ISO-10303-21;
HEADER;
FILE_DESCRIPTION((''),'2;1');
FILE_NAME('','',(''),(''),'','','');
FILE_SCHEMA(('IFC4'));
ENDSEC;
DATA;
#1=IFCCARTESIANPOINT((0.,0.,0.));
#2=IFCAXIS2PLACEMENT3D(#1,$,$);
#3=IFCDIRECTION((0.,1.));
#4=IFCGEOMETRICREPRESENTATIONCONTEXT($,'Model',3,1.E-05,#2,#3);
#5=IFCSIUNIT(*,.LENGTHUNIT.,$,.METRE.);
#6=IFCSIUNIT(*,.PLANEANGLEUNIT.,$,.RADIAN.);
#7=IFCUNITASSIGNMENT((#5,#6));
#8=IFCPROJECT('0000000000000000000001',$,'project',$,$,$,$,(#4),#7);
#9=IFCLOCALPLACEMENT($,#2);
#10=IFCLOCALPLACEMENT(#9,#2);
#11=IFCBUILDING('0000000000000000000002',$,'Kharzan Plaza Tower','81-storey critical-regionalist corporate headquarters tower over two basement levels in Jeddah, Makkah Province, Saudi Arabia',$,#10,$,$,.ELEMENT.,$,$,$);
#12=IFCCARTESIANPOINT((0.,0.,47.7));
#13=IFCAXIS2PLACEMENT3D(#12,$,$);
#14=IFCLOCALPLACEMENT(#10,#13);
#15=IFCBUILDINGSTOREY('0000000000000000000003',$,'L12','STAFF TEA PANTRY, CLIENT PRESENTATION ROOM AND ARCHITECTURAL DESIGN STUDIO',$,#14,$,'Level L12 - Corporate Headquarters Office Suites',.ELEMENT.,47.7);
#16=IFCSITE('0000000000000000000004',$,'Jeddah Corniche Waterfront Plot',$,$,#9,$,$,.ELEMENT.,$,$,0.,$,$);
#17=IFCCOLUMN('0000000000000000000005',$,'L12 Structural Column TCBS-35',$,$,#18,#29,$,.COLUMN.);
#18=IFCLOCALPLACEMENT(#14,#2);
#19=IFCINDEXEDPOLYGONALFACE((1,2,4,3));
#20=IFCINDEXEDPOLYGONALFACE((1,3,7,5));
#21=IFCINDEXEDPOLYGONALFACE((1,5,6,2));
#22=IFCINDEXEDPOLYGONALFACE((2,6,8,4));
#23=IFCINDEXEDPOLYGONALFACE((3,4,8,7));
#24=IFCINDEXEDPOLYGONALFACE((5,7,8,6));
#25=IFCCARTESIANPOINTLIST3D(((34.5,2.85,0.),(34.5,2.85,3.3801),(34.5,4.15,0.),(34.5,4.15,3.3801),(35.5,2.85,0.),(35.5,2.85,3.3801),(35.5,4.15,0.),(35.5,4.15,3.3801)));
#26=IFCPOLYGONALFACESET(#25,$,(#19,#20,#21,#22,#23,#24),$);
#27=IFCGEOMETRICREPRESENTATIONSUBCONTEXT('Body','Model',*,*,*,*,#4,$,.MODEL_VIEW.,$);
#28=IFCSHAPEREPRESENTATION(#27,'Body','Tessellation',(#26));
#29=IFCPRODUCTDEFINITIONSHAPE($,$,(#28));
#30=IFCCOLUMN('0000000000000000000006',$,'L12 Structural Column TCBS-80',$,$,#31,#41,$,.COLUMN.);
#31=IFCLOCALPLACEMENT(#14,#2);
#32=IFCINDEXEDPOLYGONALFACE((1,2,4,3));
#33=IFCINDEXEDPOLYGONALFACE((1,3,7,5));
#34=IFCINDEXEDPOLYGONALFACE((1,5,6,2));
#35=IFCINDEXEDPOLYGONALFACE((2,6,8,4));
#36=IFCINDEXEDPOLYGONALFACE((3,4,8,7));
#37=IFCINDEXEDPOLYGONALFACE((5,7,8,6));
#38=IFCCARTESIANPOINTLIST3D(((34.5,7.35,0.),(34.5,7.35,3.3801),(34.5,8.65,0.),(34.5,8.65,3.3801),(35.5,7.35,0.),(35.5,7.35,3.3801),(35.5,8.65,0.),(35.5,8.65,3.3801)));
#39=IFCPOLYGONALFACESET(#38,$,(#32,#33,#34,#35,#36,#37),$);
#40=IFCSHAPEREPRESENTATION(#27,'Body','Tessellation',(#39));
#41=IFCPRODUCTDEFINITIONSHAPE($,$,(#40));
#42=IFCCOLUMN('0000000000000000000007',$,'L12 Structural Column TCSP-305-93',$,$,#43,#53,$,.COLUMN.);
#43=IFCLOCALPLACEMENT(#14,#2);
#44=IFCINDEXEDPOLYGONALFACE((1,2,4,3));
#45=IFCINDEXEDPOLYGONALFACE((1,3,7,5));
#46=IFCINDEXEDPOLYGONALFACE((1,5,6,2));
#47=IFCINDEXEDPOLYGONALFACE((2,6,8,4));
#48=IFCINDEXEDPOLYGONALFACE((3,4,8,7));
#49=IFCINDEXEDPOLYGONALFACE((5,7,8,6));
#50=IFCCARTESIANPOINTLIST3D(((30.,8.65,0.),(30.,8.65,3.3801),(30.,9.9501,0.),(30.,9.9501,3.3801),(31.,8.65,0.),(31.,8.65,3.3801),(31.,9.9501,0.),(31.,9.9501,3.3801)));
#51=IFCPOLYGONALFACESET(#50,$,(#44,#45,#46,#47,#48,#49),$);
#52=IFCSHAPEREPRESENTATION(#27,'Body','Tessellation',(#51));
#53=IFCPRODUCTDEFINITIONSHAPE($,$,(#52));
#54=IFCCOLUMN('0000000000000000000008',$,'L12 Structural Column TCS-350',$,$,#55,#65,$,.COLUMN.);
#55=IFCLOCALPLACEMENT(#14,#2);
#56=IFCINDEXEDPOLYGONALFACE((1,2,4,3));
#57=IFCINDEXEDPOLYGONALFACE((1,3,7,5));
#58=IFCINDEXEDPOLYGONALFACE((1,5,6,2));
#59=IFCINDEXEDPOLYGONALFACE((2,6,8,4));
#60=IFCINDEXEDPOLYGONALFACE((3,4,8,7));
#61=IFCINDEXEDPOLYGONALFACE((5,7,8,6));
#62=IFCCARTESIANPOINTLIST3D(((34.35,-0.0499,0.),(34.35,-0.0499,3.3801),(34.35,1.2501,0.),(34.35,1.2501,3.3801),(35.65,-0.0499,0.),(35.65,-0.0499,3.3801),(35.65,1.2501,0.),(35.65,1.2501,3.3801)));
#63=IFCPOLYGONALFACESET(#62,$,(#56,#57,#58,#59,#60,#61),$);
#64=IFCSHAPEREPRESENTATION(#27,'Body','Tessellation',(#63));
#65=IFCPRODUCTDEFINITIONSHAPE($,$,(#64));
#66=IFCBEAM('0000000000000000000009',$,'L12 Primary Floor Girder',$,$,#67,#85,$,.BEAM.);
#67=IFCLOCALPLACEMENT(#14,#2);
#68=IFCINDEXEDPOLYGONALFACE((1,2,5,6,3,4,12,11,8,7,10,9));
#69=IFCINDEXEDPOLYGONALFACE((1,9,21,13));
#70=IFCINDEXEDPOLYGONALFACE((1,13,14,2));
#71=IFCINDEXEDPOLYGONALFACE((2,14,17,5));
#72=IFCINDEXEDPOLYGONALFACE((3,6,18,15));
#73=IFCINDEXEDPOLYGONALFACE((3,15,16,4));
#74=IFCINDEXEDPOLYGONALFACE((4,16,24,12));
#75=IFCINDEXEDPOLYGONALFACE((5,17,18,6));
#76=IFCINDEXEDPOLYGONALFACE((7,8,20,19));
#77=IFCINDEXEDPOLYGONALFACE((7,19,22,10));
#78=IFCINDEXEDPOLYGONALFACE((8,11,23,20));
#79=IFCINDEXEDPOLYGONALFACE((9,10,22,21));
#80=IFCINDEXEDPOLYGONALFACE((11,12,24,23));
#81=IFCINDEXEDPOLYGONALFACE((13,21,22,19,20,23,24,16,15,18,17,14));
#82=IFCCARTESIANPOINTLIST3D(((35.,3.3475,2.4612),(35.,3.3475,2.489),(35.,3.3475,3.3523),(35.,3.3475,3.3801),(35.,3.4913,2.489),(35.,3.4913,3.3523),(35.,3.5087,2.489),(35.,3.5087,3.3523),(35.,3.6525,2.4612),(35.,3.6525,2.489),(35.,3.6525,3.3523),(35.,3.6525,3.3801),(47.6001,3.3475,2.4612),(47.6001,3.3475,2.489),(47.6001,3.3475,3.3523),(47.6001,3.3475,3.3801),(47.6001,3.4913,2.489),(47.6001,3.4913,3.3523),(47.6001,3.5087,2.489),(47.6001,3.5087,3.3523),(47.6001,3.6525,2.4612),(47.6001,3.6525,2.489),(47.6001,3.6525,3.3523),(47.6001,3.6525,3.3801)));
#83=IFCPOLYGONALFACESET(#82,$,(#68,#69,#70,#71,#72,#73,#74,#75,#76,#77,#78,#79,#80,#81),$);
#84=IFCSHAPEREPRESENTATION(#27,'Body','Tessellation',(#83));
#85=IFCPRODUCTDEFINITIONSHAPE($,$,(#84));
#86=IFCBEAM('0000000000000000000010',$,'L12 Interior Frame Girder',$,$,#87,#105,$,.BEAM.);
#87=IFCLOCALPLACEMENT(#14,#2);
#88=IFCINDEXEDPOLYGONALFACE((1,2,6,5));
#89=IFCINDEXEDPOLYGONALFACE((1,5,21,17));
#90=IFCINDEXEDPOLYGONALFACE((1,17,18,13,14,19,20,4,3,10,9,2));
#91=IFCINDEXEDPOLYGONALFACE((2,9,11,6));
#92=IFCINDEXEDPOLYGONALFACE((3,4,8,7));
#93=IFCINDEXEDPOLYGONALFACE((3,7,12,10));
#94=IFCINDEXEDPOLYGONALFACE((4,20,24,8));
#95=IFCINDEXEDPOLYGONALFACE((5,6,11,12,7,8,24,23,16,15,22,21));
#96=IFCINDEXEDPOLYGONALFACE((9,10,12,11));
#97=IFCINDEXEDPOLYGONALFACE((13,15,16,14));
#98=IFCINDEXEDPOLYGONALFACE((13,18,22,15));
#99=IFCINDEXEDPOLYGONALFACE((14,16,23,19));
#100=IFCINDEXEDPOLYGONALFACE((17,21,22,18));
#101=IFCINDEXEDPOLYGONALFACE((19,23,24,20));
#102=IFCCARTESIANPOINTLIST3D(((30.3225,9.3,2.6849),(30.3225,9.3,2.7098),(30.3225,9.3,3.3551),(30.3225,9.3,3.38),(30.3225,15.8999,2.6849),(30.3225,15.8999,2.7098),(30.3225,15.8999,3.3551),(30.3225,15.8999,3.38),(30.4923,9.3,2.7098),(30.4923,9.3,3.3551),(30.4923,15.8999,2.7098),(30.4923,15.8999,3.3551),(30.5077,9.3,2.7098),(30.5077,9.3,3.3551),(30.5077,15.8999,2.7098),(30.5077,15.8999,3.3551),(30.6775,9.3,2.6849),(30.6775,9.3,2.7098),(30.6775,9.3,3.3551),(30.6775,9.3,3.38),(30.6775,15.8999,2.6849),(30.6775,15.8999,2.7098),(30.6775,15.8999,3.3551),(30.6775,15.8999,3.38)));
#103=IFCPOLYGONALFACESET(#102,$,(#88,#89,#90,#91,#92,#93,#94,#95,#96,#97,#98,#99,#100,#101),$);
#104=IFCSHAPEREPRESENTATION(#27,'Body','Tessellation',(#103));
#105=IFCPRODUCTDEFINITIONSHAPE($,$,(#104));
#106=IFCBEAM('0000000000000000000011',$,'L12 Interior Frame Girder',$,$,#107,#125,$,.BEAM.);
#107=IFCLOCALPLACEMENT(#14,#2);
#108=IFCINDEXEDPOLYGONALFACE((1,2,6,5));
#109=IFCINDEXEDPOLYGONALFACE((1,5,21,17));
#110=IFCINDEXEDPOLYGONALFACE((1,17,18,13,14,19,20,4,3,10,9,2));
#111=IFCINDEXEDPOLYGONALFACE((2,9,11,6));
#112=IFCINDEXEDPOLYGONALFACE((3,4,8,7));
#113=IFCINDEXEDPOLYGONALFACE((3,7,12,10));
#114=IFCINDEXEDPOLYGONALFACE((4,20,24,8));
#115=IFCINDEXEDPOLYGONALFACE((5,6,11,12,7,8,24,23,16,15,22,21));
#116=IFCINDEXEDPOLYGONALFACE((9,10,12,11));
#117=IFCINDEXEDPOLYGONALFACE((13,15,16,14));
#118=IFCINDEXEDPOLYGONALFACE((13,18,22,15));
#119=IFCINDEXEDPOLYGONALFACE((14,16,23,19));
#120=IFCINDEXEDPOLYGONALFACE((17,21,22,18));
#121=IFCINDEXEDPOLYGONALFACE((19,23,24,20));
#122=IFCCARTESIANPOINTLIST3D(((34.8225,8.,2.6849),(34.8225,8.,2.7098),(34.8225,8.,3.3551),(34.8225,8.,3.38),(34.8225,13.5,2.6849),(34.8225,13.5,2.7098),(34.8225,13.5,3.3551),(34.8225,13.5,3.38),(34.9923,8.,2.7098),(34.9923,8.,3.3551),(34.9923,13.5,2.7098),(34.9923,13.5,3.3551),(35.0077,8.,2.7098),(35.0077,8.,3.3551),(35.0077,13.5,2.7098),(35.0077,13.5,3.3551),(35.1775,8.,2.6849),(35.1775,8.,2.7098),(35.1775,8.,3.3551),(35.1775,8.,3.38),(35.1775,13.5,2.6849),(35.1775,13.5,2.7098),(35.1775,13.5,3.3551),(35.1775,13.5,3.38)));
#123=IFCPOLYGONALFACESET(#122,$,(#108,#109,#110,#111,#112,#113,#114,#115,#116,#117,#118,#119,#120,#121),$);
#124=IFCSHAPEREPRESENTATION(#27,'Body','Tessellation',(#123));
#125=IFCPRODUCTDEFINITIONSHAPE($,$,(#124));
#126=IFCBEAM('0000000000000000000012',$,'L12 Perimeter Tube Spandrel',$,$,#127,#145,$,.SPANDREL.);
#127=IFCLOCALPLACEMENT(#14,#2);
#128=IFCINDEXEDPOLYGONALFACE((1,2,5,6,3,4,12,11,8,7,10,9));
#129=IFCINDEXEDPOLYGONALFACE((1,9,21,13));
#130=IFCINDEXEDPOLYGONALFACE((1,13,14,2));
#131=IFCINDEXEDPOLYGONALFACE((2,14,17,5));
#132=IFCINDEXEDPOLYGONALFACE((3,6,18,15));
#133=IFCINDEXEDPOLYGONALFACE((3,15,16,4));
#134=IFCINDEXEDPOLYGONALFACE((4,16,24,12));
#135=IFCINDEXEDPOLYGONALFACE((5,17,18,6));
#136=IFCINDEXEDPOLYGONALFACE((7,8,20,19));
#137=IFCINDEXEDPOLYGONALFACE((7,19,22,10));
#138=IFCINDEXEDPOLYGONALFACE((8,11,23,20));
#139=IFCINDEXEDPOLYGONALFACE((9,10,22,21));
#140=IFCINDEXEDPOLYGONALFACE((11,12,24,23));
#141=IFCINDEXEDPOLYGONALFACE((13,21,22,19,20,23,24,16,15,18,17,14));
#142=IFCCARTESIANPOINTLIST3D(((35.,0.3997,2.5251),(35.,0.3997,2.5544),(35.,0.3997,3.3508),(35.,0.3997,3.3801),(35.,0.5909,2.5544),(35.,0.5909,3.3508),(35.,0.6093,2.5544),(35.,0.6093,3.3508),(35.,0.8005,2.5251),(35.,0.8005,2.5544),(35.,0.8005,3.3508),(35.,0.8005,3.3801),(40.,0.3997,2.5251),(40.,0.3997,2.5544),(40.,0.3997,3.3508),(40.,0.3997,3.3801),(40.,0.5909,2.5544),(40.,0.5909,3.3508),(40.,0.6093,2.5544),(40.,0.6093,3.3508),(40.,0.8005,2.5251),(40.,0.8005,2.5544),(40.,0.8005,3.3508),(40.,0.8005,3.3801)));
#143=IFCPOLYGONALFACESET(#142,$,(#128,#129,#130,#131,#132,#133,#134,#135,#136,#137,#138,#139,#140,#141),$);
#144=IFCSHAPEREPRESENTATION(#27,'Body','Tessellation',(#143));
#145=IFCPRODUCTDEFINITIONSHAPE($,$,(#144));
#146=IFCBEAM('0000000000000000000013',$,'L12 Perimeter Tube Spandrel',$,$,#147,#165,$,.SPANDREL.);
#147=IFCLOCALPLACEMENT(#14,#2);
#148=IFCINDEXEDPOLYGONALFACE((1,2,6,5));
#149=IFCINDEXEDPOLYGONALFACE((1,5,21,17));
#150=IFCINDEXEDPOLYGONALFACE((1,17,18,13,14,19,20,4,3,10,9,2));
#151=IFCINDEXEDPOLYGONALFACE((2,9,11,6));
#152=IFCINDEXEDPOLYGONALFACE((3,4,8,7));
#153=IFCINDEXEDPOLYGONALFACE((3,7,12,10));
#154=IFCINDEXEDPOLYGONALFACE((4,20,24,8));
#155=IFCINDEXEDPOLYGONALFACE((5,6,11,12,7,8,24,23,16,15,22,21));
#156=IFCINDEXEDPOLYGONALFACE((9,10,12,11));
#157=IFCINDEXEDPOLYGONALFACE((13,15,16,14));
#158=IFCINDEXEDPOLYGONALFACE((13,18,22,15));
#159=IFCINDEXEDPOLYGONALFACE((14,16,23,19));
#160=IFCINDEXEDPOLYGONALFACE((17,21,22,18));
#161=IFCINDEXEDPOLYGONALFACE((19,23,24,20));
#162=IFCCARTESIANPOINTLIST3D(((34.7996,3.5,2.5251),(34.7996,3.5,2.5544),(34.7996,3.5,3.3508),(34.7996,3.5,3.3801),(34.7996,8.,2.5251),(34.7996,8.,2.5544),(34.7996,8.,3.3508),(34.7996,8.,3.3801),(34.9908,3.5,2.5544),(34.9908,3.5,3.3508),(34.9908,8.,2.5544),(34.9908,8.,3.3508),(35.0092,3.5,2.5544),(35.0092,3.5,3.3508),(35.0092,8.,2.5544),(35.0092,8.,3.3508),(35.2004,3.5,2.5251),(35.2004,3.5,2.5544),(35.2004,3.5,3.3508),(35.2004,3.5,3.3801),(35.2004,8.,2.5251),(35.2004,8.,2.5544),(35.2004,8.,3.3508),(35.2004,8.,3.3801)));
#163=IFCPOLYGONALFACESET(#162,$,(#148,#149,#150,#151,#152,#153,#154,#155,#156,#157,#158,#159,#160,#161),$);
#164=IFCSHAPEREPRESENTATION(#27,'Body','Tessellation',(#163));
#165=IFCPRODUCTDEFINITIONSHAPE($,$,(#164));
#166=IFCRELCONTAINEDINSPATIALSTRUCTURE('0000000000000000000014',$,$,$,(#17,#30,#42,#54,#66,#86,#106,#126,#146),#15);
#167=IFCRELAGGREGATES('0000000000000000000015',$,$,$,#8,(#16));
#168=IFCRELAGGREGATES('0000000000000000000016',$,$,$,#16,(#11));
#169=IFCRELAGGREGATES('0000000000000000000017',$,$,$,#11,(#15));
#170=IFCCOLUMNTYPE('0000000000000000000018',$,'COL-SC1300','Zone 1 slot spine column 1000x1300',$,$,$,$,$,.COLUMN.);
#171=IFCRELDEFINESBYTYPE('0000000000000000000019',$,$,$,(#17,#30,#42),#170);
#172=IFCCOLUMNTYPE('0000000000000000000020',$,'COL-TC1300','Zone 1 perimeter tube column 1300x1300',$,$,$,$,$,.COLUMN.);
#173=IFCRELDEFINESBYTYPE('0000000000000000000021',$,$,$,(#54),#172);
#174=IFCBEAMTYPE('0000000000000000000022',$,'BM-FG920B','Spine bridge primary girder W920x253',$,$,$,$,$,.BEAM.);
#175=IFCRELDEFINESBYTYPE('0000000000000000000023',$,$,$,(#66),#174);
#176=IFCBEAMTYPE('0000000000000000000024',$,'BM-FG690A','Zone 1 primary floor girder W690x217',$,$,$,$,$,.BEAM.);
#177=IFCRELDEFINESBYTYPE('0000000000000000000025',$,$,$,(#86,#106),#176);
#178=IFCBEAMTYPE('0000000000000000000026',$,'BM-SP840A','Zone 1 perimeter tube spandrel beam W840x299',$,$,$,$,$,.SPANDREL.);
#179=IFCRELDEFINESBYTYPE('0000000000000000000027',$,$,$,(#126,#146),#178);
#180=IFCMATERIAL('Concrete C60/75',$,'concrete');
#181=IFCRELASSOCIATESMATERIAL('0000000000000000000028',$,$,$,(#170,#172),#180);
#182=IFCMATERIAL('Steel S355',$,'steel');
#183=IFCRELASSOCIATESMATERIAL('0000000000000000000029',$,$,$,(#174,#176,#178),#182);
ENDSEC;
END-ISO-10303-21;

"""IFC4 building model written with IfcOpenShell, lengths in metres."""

from ifc_helpers import new_model, si_unit, direction, frame, origin, origin_2d, place, context, subcontext, project, spatial, rectangle, i_section, extrude, source, transform, mapped, material, material_profile, profile_set, type_object, element, save


model = new_model("IFC4")

# Units and contexts
model_context = context("Model", 3, precision=1e-05, world=origin(), true_north=direction((0.0, 1.0)))
body_context = subcontext(model_context, "Body", "Model", "MODEL_VIEW")
ifc_project = project(units=[si_unit("LENGTHUNIT", "METRE"), si_unit("PLANEANGLEUNIT", "RADIAN")], contexts=[model_context])

# Site, building, storey
site_placement = place(None, origin())
site = spatial("IfcSite", under=ifc_project, at=site_placement, Name="Jeddah Corniche Waterfront Plot", CompositionType="ELEMENT", RefElevation=0.0)
building_placement = place(site_placement, origin())
building = spatial("IfcBuilding", under=site, at=building_placement, Name="Kharzan Plaza Tower", Description="81-storey critical-regionalist corporate headquarters tower over two basement levels in Jeddah, Makkah Province, Saudi Arabia", CompositionType="ELEMENT")
storey_placement = place(building_placement, frame((0.0, 0.0, 47.7)))
storey = spatial("IfcBuildingStorey", under=building, at=storey_placement, Name="L12", Description="STAFF TEA PANTRY, CLIENT PRESENTATION ROOM AND ARCHITECTURAL DESIGN STUDIO", LongName="Level L12 - Corporate Headquarters Office Suites", CompositionType="ELEMENT", Elevation=47.7)

# Columns
ifc_material_1 = material(Name="Concrete C60/75", Category="concrete")
ifc_material_profile_1 = material_profile(ifc_material_1, rectangle(XDim=1.0, YDim=1.3, at=origin_2d()), Name="RC-SC1300x1000")
ifc_profile_set_1 = profile_set([ifc_material_profile_1], Name="Concrete C60/75")
column_type_1 = type_object("IfcColumnType", Name="COL-SC1300", Description="Zone 1 slot spine column 1000x1300", PredefinedType="COLUMN", material=ifc_profile_set_1)
shared_shape_1 = source(origin(), body_context, "Body", "SweptSolid", [
    extrude(rectangle(XDim=1.0, YDim=1.3, at=origin_2d()), origin(), (0.0, 0.0, 1.0), 3.3801),
])
for number, where, z_axis, x_axis, name in (
    (1, (35.0, 3.5, 0.0), (0.0, 0.0, 1.0), (1.0, 0.0, 0.0), "L12 Structural Column TCBS-35"),
    (2, (35.0, 8.0, 0.0), (0.0, 0.0, 1.0), (1.0, 0.0, 0.0), "L12 Structural Column TCBS-80"),
    (3, (30.5, 9.3, 0.0), (0.0, 0.0, 1.0), (1.0, 0.0, 0.0), "L12 Structural Column TCSP-305-93"),
):
    element("IfcColumn", number, at=place(storey_placement, frame(where, z_axis=z_axis, x_axis=x_axis)), inside=storey, type_object=column_type_1, Name=name, PredefinedType="COLUMN", context=body_context, shape_type="MappedRepresentation", body=[
        mapped(shared_shape_1, transform((0.0, 0.0, 0.0), x_axis=(1.0, 0.0, 0.0), y_axis=(0.0, 1.0, 0.0), z_axis=(0.0, 0.0, 1.0))),
    ])
ifc_material_profile_2 = material_profile(ifc_material_1, rectangle(XDim=1.3, YDim=1.3, at=origin_2d()), Name="RC-TC1300x1300")
ifc_profile_set_2 = profile_set([ifc_material_profile_2], Name="Concrete C60/75")
column_type_2 = type_object("IfcColumnType", Name="COL-TC1300", Description="Zone 1 perimeter tube column 1300x1300", PredefinedType="COLUMN", material=ifc_profile_set_2)
shared_shape_2 = source(origin(), body_context, "Body", "SweptSolid", [
    extrude(rectangle(XDim=1.3, YDim=1.3, at=origin_2d()), origin(), (0.0, 0.0, 1.0), 3.3801),
])
column_placement = place(storey_placement, frame((35.0, 0.6001, 0.0), z_axis=(0.0, 0.0, 1.0), x_axis=(1.0, 0.0, 0.0)))
element("IfcColumn", 4, at=column_placement, inside=storey, type_object=column_type_2, Name="L12 Structural Column TCS-350", PredefinedType="COLUMN", context=body_context, shape_type="MappedRepresentation", body=[
    mapped(shared_shape_2, transform((0.0, 0.0, 0.0), x_axis=(1.0, 0.0, 0.0), y_axis=(0.0, 1.0, 0.0), z_axis=(0.0, 0.0, 1.0))),
])

# Beams
ifc_material_2 = material(Name="Steel S355", Category="steel")
ifc_material_profile_3 = material_profile(ifc_material_2, i_section(OverallWidth=0.3049, OverallDepth=0.9189, WebThickness=0.0173, FlangeThickness=0.0278, at=origin_2d()), Name="W920x253")
ifc_profile_set_3 = profile_set([ifc_material_profile_3], Name="Steel S355")
beam_type_1 = type_object("IfcBeamType", Name="BM-FG920B", Description="Spine bridge primary girder W920x253", PredefinedType="BEAM", material=ifc_profile_set_3)
shared_shape_3 = source(origin(), body_context, "Body", "SweptSolid", [
    extrude(i_section(OverallWidth=0.3049, OverallDepth=0.9189, WebThickness=0.0173, FlangeThickness=0.0278, at=origin_2d()), origin(), (0.0, 0.0, 1.0), 12.6001),
])
beam_1_placement = place(storey_placement, frame((35.0, 3.5, 2.9207), z_axis=(1.0, 0.0, 0.0), x_axis=(0.0, 1.0, 0.0)))
element("IfcBeam", 5, at=beam_1_placement, inside=storey, type_object=beam_type_1, Name="L12 Primary Floor Girder", PredefinedType="BEAM", context=body_context, shape_type="MappedRepresentation", body=[
    mapped(shared_shape_3, transform((0.0, 0.0, 0.0), x_axis=(1.0, 0.0, 0.0), y_axis=(0.0, 1.0, 0.0), z_axis=(0.0, 0.0, 1.0))),
])
ifc_material_profile_4 = material_profile(ifc_material_2, i_section(OverallWidth=0.355, OverallDepth=0.6951, WebThickness=0.0154, FlangeThickness=0.0249, at=origin_2d()), Name="W690x217")
ifc_profile_set_4 = profile_set([ifc_material_profile_4], Name="Steel S355")
beam_type_2 = type_object("IfcBeamType", Name="BM-FG690A", Description="Zone 1 primary floor girder W690x217", PredefinedType="BEAM", material=ifc_profile_set_4)
shared_shape_4 = source(origin(), body_context, "Body", "SweptSolid", [
    extrude(i_section(OverallWidth=0.355, OverallDepth=0.6951, WebThickness=0.0154, FlangeThickness=0.0249, at=origin_2d()), origin(), (0.0, 0.0, 1.0), 6.5999),
])
beam_2_placement = place(storey_placement, frame((30.5, 9.3, 3.0325), z_axis=(0.0, 1.0, 0.0), x_axis=(-1.0, 0.0, 0.0)))
element("IfcBeam", 6, at=beam_2_placement, inside=storey, type_object=beam_type_2, Name="L12 Interior Frame Girder", PredefinedType="BEAM", context=body_context, shape_type="MappedRepresentation", body=[
    mapped(shared_shape_4, transform((0.0, 0.0, 0.0), x_axis=(1.0, 0.0, 0.0), y_axis=(0.0, 1.0, 0.0), z_axis=(0.0, 0.0, 1.0))),
])
shared_shape_5 = source(origin(), body_context, "Body", "SweptSolid", [
    extrude(i_section(OverallWidth=0.355, OverallDepth=0.6951, WebThickness=0.0154, FlangeThickness=0.0249, at=origin_2d()), origin(), (0.0, 0.0, 1.0), 5.5),
])
beam_3_placement = place(storey_placement, frame((35.0, 8.0, 3.0325), z_axis=(0.0, 1.0, 0.0), x_axis=(-1.0, 0.0, 0.0)))
element("IfcBeam", 7, at=beam_3_placement, inside=storey, type_object=beam_type_2, Name="L12 Interior Frame Girder", PredefinedType="BEAM", context=body_context, shape_type="MappedRepresentation", body=[
    mapped(shared_shape_5, transform((0.0, 0.0, 0.0), x_axis=(1.0, 0.0, 0.0), y_axis=(0.0, 1.0, 0.0), z_axis=(0.0, 0.0, 1.0))),
])
ifc_material_profile_5 = material_profile(ifc_material_2, i_section(OverallWidth=0.4009, OverallDepth=0.855, WebThickness=0.0183, FlangeThickness=0.0293, at=origin_2d()), Name="W840x299")
ifc_profile_set_5 = profile_set([ifc_material_profile_5], Name="Steel S355")
beam_type_3 = type_object("IfcBeamType", Name="BM-SP840A", Description="Zone 1 perimeter tube spandrel beam W840x299", PredefinedType="SPANDREL", material=ifc_profile_set_5)
shared_shape_6 = source(origin(), body_context, "Body", "SweptSolid", [
    extrude(i_section(OverallWidth=0.4009, OverallDepth=0.855, WebThickness=0.0183, FlangeThickness=0.0293, at=origin_2d()), origin(), (0.0, 0.0, 1.0), 5.0),
])
beam_4_placement = place(storey_placement, frame((35.0, 0.6001, 2.9526), z_axis=(1.0, 0.0, 0.0), x_axis=(0.0, 1.0, 0.0)))
element("IfcBeam", 8, at=beam_4_placement, inside=storey, type_object=beam_type_3, Name="L12 Perimeter Tube Spandrel", PredefinedType="SPANDREL", context=body_context, shape_type="MappedRepresentation", body=[
    mapped(shared_shape_6, transform((0.0, 0.0, 0.0), x_axis=(1.0, 0.0, 0.0), y_axis=(0.0, 1.0, 0.0), z_axis=(0.0, 0.0, 1.0))),
])
shared_shape_7 = source(origin(), body_context, "Body", "SweptSolid", [
    extrude(i_section(OverallWidth=0.4009, OverallDepth=0.855, WebThickness=0.0183, FlangeThickness=0.0293, at=origin_2d()), origin(), (0.0, 0.0, 1.0), 4.5),
])
beam_5_placement = place(storey_placement, frame((35.0, 3.5, 2.9526), z_axis=(0.0, 1.0, 0.0), x_axis=(-1.0, 0.0, 0.0)))
element("IfcBeam", 9, at=beam_5_placement, inside=storey, type_object=beam_type_3, Name="L12 Perimeter Tube Spandrel", PredefinedType="SPANDREL", context=body_context, shape_type="MappedRepresentation", body=[
    mapped(shared_shape_7, transform((0.0, 0.0, 0.0), x_axis=(1.0, 0.0, 0.0), y_axis=(0.0, 1.0, 0.0), z_axis=(0.0, 0.0, 1.0))),
])

save(model, "model.ifc")
